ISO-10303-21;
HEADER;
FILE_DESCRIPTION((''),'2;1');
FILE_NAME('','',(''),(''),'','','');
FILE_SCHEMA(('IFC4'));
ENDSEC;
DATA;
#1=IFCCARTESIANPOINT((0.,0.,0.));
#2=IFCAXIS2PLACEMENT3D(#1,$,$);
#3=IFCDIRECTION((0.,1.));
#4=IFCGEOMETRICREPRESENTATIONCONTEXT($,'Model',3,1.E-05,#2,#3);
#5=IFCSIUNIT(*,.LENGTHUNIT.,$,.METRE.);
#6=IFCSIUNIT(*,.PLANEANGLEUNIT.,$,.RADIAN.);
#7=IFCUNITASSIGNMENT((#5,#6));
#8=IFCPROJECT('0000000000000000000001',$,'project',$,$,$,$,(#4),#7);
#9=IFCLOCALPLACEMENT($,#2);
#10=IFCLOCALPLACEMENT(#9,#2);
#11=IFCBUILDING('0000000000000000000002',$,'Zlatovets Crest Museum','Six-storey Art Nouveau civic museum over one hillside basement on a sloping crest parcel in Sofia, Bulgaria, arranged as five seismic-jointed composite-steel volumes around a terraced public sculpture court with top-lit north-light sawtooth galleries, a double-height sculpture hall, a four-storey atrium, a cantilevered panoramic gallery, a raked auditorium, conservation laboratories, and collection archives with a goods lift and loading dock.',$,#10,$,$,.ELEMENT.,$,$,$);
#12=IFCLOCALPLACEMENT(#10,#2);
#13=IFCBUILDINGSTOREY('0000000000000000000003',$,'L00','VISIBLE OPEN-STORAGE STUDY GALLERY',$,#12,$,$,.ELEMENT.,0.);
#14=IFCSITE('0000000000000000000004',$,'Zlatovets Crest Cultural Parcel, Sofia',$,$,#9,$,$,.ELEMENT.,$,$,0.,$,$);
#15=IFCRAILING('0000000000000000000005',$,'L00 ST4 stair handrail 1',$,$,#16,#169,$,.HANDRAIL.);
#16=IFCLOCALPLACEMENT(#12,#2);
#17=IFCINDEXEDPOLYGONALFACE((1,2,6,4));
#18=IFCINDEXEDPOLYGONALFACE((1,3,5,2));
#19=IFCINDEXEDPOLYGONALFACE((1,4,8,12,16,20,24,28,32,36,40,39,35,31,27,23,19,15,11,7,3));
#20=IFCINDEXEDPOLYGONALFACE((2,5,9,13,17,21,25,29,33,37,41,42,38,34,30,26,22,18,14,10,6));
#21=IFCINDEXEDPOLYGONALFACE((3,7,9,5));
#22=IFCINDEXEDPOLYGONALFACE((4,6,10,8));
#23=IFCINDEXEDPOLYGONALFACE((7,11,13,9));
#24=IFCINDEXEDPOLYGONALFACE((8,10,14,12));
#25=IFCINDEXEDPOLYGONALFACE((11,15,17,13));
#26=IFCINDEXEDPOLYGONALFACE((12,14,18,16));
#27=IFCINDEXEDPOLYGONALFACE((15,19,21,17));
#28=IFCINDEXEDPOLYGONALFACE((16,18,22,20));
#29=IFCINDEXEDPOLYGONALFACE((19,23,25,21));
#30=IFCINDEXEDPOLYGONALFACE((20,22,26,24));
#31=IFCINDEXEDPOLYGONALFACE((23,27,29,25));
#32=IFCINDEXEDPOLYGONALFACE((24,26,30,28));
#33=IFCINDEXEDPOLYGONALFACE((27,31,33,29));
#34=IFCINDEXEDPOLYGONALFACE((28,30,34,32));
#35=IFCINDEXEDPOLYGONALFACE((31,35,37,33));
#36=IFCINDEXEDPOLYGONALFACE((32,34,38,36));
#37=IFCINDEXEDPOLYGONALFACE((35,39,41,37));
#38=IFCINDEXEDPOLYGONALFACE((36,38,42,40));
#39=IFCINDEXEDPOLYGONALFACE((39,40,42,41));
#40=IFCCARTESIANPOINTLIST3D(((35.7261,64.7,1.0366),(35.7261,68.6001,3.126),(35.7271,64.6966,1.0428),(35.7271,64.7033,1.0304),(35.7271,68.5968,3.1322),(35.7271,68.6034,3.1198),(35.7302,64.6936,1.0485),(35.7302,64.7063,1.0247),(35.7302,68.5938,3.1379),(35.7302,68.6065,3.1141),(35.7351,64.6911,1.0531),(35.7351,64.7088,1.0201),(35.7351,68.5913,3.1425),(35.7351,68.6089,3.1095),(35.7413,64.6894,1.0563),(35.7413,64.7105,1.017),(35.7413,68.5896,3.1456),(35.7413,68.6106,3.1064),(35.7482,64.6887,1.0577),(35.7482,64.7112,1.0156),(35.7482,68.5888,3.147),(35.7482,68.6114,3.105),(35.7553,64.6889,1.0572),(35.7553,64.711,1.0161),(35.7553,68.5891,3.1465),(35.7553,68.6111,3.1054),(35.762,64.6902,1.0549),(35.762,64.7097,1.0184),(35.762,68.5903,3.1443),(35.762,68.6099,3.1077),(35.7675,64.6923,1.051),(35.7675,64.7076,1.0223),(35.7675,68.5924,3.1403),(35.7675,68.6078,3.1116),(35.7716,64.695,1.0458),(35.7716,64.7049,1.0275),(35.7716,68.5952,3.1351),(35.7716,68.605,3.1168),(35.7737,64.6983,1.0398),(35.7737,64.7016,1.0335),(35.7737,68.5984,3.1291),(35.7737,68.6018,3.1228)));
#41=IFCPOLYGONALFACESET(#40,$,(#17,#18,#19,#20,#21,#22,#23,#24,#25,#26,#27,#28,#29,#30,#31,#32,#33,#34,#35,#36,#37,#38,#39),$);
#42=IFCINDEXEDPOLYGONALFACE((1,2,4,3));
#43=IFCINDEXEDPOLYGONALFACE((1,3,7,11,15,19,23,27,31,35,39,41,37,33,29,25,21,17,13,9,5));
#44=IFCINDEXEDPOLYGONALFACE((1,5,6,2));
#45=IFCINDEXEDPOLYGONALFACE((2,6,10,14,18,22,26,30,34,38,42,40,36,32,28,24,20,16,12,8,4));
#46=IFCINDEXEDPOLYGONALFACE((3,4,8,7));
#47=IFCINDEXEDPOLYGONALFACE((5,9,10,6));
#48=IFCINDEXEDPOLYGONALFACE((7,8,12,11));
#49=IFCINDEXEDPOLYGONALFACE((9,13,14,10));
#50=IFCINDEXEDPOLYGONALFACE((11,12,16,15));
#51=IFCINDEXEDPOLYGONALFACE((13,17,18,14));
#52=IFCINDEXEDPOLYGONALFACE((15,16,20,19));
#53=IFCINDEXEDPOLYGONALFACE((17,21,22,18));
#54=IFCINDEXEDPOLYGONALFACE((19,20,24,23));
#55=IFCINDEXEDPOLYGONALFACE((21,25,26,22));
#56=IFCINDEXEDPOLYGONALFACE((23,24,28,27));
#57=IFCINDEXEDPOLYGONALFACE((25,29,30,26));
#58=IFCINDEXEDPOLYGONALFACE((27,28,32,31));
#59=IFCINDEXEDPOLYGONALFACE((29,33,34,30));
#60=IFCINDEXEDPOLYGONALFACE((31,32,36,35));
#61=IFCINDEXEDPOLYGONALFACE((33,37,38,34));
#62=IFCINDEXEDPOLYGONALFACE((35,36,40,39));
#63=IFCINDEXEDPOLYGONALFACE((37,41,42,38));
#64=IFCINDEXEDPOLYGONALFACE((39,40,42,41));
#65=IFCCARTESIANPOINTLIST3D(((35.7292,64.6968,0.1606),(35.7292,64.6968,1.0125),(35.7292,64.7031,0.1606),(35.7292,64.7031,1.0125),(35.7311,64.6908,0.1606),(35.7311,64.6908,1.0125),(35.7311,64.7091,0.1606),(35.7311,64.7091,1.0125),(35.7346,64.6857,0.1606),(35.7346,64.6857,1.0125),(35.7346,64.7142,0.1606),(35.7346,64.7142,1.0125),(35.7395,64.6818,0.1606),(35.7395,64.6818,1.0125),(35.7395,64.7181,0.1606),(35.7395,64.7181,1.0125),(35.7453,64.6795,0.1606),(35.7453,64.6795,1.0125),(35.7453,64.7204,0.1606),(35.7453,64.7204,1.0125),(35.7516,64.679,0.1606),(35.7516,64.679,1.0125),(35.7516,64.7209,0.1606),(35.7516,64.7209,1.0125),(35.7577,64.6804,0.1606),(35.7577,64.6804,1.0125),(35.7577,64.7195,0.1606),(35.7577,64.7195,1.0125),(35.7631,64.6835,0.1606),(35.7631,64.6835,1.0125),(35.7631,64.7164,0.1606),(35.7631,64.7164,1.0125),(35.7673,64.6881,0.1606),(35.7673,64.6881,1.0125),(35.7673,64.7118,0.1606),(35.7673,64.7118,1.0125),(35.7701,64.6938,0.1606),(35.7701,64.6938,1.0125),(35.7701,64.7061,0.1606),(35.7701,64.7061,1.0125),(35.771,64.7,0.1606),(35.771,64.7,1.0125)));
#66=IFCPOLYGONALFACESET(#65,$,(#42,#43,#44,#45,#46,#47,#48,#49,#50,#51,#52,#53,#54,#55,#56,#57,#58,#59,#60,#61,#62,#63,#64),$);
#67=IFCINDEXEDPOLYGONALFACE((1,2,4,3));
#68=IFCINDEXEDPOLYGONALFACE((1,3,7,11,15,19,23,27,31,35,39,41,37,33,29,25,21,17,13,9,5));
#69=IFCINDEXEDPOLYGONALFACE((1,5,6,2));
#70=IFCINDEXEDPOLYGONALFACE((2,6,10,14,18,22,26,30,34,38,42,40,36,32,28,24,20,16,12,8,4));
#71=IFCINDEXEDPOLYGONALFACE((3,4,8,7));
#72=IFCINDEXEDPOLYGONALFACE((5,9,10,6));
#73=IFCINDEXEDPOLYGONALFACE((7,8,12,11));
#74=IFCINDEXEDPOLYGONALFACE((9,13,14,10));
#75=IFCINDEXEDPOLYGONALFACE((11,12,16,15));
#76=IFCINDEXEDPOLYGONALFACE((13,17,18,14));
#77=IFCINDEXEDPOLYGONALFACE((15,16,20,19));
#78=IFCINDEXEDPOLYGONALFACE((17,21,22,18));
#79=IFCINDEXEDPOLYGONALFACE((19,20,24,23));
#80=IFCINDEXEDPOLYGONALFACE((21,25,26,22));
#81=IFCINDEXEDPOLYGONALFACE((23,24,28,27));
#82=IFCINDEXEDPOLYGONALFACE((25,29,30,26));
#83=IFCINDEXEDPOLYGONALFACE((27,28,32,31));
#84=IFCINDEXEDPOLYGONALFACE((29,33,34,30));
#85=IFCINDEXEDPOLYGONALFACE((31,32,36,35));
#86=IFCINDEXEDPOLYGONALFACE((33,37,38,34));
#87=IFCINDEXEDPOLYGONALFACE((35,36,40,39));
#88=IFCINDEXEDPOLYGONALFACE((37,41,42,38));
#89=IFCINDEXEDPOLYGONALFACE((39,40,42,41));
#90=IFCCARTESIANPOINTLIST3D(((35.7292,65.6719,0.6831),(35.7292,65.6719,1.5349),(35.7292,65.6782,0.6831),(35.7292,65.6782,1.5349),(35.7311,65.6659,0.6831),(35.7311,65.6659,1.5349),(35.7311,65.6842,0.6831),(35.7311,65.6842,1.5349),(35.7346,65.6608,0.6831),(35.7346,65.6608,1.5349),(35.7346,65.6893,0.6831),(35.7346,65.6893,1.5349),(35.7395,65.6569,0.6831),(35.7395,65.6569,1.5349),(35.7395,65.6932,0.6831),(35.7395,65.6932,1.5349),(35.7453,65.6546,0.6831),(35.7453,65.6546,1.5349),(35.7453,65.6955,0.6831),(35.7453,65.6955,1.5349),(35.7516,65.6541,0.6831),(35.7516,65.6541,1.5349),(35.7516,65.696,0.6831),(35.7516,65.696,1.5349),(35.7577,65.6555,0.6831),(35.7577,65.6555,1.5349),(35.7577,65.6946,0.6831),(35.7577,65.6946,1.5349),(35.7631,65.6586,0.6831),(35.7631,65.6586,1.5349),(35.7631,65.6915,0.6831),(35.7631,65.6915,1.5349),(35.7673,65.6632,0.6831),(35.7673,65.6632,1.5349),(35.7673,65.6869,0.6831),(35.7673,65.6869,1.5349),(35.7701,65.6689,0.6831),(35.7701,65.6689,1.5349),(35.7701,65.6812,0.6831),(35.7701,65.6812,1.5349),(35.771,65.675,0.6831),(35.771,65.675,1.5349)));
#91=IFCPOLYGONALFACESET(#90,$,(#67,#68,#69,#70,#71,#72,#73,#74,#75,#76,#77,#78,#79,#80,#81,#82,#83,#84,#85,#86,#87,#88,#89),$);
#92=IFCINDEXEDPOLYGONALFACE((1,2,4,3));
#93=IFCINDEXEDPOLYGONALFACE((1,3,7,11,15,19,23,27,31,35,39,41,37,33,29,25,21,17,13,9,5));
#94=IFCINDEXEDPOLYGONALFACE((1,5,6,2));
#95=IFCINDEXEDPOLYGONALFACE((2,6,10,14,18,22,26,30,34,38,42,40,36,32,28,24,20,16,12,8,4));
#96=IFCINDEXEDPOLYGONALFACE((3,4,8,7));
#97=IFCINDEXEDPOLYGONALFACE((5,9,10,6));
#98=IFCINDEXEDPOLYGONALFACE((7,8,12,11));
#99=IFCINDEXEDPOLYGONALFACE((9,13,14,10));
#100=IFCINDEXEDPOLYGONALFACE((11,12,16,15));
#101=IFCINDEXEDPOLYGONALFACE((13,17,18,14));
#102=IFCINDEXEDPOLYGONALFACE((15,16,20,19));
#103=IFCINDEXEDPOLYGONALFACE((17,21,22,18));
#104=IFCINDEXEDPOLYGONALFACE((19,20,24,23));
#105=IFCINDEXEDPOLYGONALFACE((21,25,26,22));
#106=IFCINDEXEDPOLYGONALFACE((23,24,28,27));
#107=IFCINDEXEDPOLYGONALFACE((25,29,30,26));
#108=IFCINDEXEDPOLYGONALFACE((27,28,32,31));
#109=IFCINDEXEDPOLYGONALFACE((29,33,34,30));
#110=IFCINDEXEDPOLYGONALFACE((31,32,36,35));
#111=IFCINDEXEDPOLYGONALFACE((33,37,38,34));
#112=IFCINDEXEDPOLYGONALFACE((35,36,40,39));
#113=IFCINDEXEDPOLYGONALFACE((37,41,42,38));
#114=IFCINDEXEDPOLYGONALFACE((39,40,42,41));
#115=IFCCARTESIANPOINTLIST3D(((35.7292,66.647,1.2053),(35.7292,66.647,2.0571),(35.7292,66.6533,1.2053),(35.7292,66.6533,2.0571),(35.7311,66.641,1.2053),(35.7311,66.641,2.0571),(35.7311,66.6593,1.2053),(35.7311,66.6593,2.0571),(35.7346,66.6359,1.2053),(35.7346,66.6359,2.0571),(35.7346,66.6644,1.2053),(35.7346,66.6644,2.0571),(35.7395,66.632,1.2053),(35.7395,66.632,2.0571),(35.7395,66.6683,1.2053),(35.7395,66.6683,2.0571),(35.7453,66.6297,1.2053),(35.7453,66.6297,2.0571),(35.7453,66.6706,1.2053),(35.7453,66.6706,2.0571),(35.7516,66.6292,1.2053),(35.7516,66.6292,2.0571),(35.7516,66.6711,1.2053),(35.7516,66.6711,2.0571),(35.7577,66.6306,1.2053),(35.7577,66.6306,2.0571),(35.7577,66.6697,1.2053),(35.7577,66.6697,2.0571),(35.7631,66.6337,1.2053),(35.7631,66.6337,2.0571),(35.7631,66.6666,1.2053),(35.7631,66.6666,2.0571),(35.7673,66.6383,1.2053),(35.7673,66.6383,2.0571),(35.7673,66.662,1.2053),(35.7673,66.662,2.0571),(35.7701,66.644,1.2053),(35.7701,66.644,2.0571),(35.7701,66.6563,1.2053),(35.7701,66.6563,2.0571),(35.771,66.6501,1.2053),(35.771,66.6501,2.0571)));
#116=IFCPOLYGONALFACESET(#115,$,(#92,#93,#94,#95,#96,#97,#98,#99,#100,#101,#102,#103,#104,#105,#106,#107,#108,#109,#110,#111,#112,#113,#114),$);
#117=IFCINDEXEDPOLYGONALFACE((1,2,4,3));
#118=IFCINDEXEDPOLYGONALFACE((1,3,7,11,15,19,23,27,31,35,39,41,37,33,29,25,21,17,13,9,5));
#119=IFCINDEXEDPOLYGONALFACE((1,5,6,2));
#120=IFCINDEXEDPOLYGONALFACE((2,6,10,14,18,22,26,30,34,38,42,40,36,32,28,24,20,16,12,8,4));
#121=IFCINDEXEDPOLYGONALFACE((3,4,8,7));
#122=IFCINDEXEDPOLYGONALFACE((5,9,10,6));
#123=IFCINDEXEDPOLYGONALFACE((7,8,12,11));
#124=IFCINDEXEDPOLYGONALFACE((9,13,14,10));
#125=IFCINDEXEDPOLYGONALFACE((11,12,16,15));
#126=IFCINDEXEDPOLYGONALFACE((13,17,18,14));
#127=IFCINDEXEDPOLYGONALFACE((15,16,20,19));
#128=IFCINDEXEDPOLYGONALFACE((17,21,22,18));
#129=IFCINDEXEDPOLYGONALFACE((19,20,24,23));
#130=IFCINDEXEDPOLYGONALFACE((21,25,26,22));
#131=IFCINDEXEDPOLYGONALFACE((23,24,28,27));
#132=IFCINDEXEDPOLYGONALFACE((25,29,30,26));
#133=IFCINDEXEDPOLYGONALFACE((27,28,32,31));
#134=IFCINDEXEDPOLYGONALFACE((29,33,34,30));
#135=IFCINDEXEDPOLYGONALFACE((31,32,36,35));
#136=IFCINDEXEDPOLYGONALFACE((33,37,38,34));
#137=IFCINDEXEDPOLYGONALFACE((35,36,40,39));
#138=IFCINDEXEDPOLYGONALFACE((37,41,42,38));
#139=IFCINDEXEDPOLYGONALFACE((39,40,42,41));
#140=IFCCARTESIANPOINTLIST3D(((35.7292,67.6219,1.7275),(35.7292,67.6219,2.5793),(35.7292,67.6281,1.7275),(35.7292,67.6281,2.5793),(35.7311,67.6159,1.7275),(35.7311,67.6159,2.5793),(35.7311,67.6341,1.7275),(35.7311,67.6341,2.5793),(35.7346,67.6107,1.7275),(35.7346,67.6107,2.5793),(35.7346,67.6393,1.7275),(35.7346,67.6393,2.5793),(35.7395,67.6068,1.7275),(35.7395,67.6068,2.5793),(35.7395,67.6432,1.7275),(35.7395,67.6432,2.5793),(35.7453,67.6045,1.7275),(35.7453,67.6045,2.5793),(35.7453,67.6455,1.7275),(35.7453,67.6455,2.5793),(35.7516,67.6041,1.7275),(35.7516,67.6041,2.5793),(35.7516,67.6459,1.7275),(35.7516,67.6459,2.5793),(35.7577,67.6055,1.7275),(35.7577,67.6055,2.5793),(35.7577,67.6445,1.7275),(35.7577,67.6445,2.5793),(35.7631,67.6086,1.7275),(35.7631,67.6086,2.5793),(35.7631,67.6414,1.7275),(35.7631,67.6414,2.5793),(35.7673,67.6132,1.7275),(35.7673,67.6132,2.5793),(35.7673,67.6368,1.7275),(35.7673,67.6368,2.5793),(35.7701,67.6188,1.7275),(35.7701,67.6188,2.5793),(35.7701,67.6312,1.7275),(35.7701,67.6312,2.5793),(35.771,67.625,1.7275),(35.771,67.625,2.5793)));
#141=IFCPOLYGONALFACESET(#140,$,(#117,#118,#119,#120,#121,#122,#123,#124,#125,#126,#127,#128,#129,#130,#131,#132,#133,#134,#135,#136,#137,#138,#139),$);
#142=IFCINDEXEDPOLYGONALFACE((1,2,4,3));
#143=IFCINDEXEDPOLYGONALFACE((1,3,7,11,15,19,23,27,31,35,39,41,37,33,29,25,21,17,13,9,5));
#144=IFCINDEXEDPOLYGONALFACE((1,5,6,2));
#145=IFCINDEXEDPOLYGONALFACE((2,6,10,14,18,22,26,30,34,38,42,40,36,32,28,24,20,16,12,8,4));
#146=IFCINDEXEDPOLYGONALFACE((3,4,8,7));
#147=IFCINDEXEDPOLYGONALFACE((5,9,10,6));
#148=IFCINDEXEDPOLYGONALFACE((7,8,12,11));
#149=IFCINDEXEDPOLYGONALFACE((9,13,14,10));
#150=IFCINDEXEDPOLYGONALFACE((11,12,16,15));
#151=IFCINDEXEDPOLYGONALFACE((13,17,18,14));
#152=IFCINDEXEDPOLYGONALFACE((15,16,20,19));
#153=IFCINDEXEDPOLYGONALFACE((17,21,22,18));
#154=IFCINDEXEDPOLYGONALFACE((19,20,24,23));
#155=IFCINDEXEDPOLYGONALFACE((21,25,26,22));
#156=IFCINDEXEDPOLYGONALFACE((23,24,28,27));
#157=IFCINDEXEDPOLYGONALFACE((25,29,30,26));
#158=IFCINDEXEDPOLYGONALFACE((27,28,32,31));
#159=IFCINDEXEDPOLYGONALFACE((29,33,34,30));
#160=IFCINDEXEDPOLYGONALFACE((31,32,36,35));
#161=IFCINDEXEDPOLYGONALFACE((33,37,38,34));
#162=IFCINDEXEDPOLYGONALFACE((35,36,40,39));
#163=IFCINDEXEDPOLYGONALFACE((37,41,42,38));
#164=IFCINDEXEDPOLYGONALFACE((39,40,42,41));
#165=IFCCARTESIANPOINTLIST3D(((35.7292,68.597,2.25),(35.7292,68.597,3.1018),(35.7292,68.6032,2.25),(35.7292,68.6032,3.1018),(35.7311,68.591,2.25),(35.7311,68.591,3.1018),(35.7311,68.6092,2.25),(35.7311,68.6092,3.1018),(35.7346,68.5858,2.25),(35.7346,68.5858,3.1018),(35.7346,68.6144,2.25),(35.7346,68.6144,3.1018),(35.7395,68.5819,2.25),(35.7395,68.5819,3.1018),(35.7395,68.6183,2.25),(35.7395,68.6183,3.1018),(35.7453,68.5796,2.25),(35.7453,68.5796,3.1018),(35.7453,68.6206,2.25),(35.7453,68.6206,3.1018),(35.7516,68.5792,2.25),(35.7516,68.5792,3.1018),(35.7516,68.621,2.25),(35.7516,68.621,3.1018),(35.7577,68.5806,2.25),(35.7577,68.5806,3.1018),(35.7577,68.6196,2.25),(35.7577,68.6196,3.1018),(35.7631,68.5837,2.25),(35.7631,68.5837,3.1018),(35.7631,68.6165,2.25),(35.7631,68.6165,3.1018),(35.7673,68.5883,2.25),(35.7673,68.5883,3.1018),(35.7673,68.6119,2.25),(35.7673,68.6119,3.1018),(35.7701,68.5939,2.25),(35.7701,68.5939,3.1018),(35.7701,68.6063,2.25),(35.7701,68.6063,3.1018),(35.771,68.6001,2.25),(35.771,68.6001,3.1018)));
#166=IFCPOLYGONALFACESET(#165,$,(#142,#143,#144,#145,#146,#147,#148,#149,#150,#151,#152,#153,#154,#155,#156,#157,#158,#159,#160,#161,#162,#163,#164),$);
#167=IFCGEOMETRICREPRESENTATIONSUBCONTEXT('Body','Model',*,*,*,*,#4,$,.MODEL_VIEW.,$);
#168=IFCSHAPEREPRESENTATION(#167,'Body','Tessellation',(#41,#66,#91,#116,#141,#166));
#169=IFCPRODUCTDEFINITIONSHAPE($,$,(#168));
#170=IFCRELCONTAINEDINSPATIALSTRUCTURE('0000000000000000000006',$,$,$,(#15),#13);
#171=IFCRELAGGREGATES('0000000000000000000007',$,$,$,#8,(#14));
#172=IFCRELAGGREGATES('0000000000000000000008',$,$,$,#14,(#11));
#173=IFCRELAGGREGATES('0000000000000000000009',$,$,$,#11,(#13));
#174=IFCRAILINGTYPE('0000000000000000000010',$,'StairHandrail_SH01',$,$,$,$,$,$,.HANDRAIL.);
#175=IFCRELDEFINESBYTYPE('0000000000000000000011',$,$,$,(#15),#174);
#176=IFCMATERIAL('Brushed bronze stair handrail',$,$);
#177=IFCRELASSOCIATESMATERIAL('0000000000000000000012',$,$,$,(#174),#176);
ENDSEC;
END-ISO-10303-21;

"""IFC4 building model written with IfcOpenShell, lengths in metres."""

from ifc_helpers import new_model, si_unit, direction, frame, origin, origin_2d, place, context, subcontext, project, spatial, circle, extrude, material, type_object, element, save


model = new_model("IFC4")

# Units and contexts
model_context = context("Model", 3, precision=1e-05, world=origin(), true_north=direction((0.0, 1.0)))
body_context = subcontext(model_context, "Body", "Model", "MODEL_VIEW")
ifc_project = project(units=[si_unit("LENGTHUNIT", "METRE"), si_unit("PLANEANGLEUNIT", "RADIAN")], contexts=[model_context])

# Site, building, storey
site_placement = place(None, origin())
site = spatial("IfcSite", under=ifc_project, at=site_placement, Name="Zlatovets Crest Cultural Parcel, Sofia", CompositionType="ELEMENT", RefElevation=0.0)
building_placement = place(site_placement, origin())
building = spatial("IfcBuilding", under=site, at=building_placement, Name="Zlatovets Crest Museum", Description="Six-storey Art Nouveau civic museum over one hillside basement on a sloping crest parcel in Sofia, Bulgaria, arranged as five seismic-jointed composite-steel volumes around a terraced public sculpture court with top-lit north-light sawtooth galleries, a double-height sculpture hall, a four-storey atrium, a cantilevered panoramic gallery, a raked auditorium, conservation laboratories, and collection archives with a goods lift and loading dock.", CompositionType="ELEMENT")
storey_placement = place(building_placement, origin())
storey = spatial("IfcBuildingStorey", under=building, at=storey_placement, Name="L00", Description="VISIBLE OPEN-STORAGE STUDY GALLERY", CompositionType="ELEMENT", Elevation=0.0)

# Railing
ifc_material_1 = material(Name="Brushed bronze stair handrail")
railing_type_1 = type_object("IfcRailingType", Name="StairHandrail_SH01", PredefinedType="HANDRAIL", material=ifc_material_1)
railing_1_placement = place(storey_placement, frame((35.75, 64.7, 0.1606)))
element("IfcRailing", 1, at=railing_1_placement, inside=storey, type_object=railing_type_1, Name="L00 ST4 stair handrail 1", PredefinedType="HANDRAIL", context=body_context, shape_type="SweptSolid", body=[
    extrude(circle(Radius=0.0239, at=origin_2d()), frame((0.0, 0.0, 0.876), z_axis=(0.0, 0.881481, 0.47222), x_axis=(-1.0, 0.0, 0.0)), (0.0, 0.0, 1.0), 4.4246),
    extrude(circle(Radius=0.021, at=origin_2d()), origin(), (0.0, 0.0, 1.0), 0.8518),
    extrude(circle(Radius=0.021, at=origin_2d()), frame((0.0, 0.9751, 0.5225)), (0.0, 0.0, 1.0), 0.8518),
    extrude(circle(Radius=0.021, at=origin_2d()), frame((0.0, 1.9502, 1.0447)), (0.0, 0.0, 1.0), 0.8518),
    extrude(circle(Radius=0.021, at=origin_2d()), frame((0.0, 2.925, 1.5669)), (0.0, 0.0, 1.0), 0.8518),
    extrude(circle(Radius=0.021, at=origin_2d()), frame((0.0, 3.9001, 2.0894)), (0.0, 0.0, 1.0), 0.8518),
])

save(model, "model.ifc")
